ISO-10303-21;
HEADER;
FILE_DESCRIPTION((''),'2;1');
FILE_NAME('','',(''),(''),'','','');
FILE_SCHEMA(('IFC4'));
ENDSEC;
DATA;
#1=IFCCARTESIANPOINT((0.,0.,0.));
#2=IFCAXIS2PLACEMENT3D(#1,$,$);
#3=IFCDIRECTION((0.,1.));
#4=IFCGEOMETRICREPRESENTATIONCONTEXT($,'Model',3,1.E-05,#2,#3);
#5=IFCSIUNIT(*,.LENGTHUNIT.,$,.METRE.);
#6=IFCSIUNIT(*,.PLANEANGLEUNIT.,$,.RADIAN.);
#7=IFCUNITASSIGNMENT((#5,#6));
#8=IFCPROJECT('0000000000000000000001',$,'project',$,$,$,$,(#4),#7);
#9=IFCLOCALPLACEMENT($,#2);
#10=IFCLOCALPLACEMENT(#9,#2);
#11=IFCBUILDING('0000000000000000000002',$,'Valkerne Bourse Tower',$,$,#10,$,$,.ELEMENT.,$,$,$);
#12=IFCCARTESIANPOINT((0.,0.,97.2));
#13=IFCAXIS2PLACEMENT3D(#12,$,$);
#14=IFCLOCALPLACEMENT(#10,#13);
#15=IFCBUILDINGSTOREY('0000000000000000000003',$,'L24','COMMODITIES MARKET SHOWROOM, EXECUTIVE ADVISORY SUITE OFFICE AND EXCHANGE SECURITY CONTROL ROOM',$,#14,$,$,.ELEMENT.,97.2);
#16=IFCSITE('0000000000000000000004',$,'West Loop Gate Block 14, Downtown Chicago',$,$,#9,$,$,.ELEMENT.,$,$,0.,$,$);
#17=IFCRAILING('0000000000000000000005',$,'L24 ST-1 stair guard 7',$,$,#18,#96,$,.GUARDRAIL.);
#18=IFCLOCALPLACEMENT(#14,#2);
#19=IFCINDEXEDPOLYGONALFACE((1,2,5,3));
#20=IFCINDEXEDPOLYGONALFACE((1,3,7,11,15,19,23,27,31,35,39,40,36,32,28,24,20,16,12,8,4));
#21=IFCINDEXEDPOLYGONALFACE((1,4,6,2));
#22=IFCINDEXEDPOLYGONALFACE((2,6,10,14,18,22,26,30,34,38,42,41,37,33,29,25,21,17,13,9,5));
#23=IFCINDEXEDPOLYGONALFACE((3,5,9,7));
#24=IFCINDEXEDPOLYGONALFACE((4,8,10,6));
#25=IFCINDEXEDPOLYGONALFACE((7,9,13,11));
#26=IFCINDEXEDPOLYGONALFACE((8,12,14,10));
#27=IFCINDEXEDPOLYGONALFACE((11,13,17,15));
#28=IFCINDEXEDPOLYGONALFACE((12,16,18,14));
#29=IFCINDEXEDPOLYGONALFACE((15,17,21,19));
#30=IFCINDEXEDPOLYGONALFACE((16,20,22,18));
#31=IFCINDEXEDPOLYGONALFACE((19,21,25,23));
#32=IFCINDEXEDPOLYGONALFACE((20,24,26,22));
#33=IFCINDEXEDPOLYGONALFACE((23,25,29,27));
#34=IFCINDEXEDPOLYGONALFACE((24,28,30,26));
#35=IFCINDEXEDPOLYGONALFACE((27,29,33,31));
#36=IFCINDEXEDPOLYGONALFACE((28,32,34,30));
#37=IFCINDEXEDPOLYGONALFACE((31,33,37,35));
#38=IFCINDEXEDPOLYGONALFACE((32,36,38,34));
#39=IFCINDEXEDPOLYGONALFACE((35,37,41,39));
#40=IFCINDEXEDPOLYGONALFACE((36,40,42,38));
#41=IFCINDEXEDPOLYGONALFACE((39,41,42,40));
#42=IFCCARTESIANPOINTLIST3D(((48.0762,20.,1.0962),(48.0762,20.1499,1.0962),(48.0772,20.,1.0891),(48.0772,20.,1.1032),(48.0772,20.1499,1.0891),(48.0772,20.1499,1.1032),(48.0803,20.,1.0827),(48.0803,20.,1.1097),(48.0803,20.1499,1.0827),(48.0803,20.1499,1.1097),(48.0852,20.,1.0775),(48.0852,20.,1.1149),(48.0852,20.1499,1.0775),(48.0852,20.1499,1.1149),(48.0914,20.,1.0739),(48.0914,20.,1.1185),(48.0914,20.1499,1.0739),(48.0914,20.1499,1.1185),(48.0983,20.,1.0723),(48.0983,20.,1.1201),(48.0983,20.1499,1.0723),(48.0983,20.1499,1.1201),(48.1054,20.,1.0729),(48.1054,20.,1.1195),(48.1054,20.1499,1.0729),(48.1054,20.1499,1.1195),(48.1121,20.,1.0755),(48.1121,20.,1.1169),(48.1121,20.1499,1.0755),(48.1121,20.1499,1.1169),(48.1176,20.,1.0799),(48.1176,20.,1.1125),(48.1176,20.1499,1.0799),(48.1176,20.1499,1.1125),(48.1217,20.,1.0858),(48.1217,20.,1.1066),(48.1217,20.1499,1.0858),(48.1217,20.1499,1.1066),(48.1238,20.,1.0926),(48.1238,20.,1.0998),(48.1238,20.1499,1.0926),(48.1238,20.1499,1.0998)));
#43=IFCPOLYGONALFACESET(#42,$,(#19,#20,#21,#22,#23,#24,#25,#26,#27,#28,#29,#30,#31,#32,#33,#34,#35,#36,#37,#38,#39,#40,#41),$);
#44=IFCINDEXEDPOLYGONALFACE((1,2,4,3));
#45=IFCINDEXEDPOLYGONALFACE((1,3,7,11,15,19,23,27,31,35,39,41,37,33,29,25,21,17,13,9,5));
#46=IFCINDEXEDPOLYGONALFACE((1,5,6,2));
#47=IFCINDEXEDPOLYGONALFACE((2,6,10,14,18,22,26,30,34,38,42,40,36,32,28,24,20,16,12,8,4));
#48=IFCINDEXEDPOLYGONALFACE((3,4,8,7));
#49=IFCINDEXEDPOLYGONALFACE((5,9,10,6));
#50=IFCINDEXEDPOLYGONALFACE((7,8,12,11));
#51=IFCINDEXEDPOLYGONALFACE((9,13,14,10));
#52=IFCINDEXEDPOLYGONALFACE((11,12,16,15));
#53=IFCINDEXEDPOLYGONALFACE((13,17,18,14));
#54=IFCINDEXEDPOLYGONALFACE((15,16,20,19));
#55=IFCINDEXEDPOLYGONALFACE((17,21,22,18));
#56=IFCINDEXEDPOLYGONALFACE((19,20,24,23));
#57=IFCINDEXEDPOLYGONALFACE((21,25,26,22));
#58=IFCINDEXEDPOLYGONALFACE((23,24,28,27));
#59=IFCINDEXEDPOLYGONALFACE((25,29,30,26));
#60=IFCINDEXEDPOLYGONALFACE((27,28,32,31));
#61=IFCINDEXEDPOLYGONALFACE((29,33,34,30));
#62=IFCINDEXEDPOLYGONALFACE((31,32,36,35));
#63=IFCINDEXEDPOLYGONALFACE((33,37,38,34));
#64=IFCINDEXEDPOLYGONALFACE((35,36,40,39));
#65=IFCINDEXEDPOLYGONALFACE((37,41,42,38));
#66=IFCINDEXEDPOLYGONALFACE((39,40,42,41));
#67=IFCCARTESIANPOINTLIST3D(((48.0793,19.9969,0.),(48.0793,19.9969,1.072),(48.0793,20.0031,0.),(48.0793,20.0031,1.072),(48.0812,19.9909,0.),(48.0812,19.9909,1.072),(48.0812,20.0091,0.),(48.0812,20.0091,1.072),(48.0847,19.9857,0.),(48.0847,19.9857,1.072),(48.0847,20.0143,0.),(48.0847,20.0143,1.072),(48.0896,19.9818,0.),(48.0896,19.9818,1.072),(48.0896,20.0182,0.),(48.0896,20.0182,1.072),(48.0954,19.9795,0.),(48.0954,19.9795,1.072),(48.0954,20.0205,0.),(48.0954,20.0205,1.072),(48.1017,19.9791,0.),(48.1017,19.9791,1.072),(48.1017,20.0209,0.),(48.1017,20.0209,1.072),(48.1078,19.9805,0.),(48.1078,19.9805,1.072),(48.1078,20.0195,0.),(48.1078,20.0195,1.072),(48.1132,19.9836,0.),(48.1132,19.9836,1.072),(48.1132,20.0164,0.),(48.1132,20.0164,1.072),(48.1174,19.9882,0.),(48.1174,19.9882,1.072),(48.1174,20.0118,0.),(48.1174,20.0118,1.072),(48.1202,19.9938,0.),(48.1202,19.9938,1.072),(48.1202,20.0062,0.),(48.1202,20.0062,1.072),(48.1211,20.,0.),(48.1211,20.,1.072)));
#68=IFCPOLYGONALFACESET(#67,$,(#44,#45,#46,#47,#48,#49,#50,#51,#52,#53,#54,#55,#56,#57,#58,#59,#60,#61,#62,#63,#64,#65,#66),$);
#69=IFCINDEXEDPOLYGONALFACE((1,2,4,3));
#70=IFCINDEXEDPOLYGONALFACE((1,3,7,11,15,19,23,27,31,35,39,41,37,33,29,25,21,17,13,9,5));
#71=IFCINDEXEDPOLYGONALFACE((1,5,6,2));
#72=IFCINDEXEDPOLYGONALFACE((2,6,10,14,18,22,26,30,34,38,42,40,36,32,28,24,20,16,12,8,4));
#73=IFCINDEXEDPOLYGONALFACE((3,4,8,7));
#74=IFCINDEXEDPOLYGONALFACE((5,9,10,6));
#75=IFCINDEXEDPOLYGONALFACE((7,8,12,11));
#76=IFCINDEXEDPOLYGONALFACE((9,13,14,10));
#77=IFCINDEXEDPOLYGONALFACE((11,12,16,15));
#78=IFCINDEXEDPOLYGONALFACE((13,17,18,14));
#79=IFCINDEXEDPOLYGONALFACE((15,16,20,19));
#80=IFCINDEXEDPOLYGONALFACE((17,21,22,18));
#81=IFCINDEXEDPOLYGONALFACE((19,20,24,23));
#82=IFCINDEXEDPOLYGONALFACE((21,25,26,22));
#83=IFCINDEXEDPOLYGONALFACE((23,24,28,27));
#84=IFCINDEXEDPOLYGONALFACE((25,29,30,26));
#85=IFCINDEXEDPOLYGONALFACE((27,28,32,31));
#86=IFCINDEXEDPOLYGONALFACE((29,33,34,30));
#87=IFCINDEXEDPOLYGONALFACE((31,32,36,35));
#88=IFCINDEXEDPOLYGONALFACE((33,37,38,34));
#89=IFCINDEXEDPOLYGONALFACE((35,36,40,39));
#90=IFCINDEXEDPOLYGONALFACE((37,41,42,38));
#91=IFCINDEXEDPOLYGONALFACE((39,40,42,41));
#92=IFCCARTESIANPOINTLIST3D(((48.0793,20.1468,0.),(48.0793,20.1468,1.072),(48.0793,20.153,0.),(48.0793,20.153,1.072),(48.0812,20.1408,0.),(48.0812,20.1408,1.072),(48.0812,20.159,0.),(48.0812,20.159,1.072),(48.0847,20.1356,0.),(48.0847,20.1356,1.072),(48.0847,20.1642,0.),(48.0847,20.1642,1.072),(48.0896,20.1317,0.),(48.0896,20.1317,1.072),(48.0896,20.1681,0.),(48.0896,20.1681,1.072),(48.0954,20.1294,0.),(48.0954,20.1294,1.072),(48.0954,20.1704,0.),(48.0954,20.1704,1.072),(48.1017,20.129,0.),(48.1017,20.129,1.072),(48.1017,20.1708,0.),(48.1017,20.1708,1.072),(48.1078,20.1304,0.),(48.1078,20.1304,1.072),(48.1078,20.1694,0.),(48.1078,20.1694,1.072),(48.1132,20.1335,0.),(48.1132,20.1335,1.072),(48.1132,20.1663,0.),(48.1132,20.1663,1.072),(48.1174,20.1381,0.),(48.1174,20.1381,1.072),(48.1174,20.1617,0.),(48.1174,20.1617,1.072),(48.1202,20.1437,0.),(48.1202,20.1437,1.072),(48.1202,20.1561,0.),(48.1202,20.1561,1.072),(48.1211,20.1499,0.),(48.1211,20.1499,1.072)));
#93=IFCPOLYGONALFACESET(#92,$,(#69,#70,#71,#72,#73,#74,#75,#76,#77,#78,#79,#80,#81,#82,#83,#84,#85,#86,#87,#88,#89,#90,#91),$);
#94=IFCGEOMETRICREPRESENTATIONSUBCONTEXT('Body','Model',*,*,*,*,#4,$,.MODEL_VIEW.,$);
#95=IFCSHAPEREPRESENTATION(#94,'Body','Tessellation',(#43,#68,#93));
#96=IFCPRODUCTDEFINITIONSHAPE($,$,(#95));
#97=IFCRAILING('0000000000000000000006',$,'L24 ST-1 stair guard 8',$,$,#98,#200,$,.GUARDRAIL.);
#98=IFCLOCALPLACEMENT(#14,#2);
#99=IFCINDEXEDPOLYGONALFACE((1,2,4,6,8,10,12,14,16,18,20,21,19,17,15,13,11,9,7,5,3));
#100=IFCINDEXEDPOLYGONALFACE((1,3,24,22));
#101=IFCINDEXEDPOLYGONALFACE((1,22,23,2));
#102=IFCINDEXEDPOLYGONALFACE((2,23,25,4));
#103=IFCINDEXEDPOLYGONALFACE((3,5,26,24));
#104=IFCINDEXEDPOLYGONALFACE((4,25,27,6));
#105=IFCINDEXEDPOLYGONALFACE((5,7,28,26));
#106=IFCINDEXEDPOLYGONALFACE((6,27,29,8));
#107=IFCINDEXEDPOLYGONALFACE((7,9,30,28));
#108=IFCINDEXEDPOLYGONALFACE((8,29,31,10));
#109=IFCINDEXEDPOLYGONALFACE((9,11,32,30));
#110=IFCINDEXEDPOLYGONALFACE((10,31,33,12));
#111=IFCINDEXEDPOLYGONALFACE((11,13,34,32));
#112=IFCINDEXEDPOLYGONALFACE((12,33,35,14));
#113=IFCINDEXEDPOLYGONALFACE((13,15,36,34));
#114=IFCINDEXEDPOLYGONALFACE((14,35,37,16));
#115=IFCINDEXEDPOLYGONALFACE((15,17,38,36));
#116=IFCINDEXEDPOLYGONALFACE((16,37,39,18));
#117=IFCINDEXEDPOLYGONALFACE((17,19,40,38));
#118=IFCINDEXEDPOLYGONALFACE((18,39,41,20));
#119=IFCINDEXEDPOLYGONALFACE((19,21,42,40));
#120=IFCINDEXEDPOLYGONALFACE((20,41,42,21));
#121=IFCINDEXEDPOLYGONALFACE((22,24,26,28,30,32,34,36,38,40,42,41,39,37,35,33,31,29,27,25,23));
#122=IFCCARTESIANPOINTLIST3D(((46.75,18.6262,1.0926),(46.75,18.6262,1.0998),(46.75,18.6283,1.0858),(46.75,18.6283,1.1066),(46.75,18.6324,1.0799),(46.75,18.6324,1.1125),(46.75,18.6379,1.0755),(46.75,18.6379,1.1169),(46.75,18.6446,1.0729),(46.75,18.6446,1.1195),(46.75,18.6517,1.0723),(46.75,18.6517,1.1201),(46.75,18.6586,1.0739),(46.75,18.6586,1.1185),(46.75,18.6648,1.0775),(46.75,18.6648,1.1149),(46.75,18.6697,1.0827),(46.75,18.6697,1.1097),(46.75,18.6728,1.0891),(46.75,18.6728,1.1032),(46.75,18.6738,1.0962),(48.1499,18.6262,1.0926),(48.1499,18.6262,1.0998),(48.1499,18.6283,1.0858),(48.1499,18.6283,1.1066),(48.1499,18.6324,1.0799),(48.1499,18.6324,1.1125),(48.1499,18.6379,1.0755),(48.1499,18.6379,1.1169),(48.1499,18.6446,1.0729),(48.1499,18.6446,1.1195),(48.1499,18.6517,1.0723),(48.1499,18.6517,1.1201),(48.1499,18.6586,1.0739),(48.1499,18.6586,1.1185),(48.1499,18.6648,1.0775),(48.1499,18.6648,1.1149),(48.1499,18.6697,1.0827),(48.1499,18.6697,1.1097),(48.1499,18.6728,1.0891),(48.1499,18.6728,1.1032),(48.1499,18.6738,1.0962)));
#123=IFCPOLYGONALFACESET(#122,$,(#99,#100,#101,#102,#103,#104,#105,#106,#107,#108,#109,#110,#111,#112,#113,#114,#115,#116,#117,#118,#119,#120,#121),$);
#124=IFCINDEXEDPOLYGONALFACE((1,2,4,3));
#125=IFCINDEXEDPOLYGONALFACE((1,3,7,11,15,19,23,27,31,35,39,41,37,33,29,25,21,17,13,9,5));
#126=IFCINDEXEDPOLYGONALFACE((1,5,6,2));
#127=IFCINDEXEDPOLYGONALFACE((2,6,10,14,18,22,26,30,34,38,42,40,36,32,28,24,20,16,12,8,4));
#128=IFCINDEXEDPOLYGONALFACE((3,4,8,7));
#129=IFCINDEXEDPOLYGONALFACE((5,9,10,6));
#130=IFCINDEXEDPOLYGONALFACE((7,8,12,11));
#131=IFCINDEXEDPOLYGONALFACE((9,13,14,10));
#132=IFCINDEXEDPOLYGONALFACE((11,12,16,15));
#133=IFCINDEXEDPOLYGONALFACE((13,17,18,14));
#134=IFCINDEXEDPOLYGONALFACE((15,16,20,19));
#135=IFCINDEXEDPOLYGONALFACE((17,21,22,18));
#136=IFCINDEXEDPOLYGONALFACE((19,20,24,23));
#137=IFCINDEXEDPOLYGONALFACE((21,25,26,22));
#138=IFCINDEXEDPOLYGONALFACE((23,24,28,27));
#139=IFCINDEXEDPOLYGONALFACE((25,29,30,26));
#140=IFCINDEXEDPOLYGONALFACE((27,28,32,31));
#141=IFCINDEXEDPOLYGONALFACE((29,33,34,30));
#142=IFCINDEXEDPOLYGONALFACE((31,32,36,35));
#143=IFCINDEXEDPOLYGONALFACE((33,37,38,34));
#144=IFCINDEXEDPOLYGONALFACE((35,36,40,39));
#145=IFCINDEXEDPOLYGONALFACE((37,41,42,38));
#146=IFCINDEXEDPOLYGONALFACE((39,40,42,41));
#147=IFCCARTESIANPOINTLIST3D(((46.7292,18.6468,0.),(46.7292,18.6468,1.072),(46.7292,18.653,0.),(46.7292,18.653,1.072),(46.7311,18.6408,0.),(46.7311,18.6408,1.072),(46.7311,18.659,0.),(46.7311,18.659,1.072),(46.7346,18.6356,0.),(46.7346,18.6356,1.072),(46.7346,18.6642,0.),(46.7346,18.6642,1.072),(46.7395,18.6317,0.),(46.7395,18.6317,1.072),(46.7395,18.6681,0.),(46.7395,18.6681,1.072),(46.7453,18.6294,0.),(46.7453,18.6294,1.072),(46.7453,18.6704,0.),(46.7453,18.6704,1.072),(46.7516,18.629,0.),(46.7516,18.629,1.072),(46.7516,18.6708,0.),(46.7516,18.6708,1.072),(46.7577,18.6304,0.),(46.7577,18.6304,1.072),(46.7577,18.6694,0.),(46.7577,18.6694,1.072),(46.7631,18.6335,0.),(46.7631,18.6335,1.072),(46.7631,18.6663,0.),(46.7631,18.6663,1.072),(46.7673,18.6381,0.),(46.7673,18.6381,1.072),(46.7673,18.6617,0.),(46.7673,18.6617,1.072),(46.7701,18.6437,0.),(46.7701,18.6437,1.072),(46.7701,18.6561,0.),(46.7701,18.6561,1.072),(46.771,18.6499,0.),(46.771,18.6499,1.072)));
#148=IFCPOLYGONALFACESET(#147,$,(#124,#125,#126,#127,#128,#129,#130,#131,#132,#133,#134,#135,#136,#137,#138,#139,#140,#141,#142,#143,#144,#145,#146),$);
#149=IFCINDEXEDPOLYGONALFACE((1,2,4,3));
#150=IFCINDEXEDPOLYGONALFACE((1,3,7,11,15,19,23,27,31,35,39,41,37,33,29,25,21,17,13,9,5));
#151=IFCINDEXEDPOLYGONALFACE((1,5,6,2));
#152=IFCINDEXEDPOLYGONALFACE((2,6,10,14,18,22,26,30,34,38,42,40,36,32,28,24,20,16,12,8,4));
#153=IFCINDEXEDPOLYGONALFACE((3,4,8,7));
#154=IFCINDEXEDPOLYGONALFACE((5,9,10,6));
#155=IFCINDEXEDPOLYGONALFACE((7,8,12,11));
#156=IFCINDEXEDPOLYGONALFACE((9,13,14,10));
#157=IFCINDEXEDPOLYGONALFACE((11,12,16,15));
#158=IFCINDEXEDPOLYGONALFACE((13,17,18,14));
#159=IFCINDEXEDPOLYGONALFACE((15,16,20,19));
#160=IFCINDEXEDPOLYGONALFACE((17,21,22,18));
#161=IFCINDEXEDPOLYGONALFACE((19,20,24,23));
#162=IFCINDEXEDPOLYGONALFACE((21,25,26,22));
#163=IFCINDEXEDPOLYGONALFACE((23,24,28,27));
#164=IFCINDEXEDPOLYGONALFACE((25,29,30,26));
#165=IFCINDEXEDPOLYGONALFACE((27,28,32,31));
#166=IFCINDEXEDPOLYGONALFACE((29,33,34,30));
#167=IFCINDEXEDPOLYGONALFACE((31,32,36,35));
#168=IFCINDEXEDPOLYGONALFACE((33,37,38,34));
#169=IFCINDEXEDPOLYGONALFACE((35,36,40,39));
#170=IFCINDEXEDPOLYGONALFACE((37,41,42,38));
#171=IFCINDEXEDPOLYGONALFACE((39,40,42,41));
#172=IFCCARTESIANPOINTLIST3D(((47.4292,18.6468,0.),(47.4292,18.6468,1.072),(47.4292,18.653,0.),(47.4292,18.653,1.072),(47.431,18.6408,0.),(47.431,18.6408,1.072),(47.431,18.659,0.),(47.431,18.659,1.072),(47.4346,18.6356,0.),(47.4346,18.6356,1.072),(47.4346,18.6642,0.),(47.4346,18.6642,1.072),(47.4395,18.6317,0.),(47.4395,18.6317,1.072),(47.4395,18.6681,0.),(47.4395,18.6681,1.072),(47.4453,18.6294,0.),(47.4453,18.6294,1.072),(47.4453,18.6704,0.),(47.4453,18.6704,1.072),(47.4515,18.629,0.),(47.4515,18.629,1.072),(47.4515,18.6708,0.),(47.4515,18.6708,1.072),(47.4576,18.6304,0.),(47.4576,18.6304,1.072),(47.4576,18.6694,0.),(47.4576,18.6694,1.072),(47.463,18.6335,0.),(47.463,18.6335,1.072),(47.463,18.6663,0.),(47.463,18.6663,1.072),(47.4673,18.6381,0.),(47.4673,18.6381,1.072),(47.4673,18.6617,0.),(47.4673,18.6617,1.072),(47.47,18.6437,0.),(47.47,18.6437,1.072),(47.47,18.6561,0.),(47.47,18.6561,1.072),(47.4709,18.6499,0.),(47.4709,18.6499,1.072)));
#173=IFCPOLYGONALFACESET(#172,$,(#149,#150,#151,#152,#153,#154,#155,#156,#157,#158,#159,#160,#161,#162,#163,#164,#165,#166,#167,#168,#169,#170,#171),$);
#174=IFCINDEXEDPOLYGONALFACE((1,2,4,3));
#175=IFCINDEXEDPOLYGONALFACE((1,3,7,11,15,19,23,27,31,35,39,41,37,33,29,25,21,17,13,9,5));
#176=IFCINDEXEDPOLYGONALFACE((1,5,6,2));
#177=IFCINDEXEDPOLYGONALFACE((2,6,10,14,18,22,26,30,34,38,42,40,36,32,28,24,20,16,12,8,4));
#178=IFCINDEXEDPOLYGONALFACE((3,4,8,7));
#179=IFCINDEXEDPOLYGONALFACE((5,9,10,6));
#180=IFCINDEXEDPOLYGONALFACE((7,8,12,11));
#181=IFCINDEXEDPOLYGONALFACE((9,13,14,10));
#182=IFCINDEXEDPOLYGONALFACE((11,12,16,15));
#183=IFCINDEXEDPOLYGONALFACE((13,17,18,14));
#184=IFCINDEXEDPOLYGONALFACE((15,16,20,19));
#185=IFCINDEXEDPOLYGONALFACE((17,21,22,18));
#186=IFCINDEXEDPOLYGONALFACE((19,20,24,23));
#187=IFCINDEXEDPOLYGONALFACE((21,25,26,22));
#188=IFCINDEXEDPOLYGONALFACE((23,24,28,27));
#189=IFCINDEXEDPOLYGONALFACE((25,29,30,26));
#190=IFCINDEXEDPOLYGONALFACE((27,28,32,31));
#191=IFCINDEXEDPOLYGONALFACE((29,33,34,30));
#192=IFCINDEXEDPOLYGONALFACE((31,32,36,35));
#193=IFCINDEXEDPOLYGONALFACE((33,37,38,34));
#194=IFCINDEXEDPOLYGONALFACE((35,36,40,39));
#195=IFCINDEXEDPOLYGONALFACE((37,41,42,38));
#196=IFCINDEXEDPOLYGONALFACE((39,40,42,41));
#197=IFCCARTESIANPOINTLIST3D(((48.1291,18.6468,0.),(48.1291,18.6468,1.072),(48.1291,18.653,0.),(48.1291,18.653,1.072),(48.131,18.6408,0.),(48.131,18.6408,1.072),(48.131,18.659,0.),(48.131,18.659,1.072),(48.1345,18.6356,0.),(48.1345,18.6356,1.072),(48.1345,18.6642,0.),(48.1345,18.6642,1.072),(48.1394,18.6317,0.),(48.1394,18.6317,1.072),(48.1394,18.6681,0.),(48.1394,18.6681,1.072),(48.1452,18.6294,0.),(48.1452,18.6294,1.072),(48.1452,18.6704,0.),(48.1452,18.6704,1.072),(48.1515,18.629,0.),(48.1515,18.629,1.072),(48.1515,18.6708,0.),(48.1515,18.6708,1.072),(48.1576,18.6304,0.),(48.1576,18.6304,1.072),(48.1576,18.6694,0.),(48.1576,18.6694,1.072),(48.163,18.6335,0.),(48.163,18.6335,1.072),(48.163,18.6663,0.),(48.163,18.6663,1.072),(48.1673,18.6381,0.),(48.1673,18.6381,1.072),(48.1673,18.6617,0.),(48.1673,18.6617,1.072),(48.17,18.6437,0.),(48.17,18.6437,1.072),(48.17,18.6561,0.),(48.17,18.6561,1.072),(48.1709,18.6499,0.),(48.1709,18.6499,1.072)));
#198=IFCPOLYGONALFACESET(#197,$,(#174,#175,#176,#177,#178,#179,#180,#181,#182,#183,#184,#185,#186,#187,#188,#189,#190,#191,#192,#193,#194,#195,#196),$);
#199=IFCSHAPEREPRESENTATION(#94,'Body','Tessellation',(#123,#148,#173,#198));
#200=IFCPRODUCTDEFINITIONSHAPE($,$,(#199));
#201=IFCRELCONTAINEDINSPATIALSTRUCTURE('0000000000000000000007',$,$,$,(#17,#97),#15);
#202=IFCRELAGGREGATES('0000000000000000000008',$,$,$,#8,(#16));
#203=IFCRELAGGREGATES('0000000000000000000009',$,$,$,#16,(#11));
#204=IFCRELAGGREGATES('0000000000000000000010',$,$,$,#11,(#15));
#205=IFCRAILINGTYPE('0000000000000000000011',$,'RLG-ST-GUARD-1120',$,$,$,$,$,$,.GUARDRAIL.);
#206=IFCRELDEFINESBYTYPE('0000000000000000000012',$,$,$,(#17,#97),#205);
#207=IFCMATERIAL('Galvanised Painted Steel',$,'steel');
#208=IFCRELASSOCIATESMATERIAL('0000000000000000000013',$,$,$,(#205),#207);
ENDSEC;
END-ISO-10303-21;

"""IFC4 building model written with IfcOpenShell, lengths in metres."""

from ifc_helpers import new_model, si_unit, direction, frame, origin, origin_2d, place, context, subcontext, project, spatial, circle, extrude, material, type_object, element, save


model = new_model("IFC4")

# Units and contexts
model_context = context("Model", 3, precision=1e-05, world=origin(), true_north=direction((0.0, 1.0)))
body_context = subcontext(model_context, "Body", "Model", "MODEL_VIEW")
ifc_project = project(units=[si_unit("LENGTHUNIT", "METRE"), si_unit("PLANEANGLEUNIT", "RADIAN")], contexts=[model_context])

# Site, building, storey
site_placement = place(None, origin())
site = spatial("IfcSite", under=ifc_project, at=site_placement, Name="West Loop Gate Block 14, Downtown Chicago", CompositionType="ELEMENT", RefElevation=0.0)
building_placement = place(site_placement, origin())
building = spatial("IfcBuilding", under=site, at=building_placement, Name="Valkerne Bourse Tower", CompositionType="ELEMENT")
storey_placement = place(building_placement, frame((0.0, 0.0, 97.2)))
storey = spatial("IfcBuildingStorey", under=building, at=storey_placement, Name="L24", Description="COMMODITIES MARKET SHOWROOM, EXECUTIVE ADVISORY SUITE OFFICE AND EXCHANGE SECURITY CONTROL ROOM", CompositionType="ELEMENT", Elevation=97.2)

# Shared definitions
ifc_material_1 = material(Name="Galvanised Painted Steel", Category="steel")

# Railings
railing_type_1 = type_object("IfcRailingType", Name="RLG-ST-GUARD-1120", PredefinedType="GUARDRAIL", material=ifc_material_1)
railing_1_placement = place(storey_placement, frame((48.1001, 20.0, 0.0)))
element("IfcRailing", 1, at=railing_1_placement, inside=storey, type_object=railing_type_1, Name="L24 ST-1 stair guard 7", PredefinedType="GUARDRAIL", context=body_context, shape_type="SweptSolid", body=[
    extrude(circle(Radius=0.0239, at=origin_2d()), frame((0.0, 0.0, 1.0962), z_axis=(0.0, 1.0, 0.0), x_axis=(-1.0, 0.0, 0.0)), (0.0, 0.0, 1.0), 0.1499),
    extrude(circle(Radius=0.021, at=origin_2d()), origin(), (0.0, 0.0, 1.0), 1.072),
    extrude(circle(Radius=0.021, at=origin_2d()), frame((0.0, 0.1499, 0.0)), (0.0, 0.0, 1.0), 1.072),
])
for number, where, name in (
    (2, (46.75, 18.6499, 0.0), "L24 ST-1 stair guard 8"),
):
    element("IfcRailing", number, at=place(storey_placement, frame(where)), inside=storey, type_object=railing_type_1, Name=name, PredefinedType="GUARDRAIL", context=body_context, shape_type="SweptSolid", body=[
        extrude(circle(Radius=0.0239, at=origin_2d()), frame((0.0, 0.0, 1.0962), z_axis=(1.0, 0.0, 0.0), x_axis=(0.0, 1.0, 0.0)), (0.0, 0.0, 1.0), 1.3999),
        extrude(circle(Radius=0.021, at=origin_2d()), origin(), (0.0, 0.0, 1.0), 1.072),
        extrude(circle(Radius=0.021, at=origin_2d()), frame((0.7, 0.0, 0.0)), (0.0, 0.0, 1.0), 1.072),
        extrude(circle(Radius=0.021, at=origin_2d()), frame((1.3999, 0.0, 0.0)), (0.0, 0.0, 1.0), 1.072),
    ])

save(model, "model.ifc")
